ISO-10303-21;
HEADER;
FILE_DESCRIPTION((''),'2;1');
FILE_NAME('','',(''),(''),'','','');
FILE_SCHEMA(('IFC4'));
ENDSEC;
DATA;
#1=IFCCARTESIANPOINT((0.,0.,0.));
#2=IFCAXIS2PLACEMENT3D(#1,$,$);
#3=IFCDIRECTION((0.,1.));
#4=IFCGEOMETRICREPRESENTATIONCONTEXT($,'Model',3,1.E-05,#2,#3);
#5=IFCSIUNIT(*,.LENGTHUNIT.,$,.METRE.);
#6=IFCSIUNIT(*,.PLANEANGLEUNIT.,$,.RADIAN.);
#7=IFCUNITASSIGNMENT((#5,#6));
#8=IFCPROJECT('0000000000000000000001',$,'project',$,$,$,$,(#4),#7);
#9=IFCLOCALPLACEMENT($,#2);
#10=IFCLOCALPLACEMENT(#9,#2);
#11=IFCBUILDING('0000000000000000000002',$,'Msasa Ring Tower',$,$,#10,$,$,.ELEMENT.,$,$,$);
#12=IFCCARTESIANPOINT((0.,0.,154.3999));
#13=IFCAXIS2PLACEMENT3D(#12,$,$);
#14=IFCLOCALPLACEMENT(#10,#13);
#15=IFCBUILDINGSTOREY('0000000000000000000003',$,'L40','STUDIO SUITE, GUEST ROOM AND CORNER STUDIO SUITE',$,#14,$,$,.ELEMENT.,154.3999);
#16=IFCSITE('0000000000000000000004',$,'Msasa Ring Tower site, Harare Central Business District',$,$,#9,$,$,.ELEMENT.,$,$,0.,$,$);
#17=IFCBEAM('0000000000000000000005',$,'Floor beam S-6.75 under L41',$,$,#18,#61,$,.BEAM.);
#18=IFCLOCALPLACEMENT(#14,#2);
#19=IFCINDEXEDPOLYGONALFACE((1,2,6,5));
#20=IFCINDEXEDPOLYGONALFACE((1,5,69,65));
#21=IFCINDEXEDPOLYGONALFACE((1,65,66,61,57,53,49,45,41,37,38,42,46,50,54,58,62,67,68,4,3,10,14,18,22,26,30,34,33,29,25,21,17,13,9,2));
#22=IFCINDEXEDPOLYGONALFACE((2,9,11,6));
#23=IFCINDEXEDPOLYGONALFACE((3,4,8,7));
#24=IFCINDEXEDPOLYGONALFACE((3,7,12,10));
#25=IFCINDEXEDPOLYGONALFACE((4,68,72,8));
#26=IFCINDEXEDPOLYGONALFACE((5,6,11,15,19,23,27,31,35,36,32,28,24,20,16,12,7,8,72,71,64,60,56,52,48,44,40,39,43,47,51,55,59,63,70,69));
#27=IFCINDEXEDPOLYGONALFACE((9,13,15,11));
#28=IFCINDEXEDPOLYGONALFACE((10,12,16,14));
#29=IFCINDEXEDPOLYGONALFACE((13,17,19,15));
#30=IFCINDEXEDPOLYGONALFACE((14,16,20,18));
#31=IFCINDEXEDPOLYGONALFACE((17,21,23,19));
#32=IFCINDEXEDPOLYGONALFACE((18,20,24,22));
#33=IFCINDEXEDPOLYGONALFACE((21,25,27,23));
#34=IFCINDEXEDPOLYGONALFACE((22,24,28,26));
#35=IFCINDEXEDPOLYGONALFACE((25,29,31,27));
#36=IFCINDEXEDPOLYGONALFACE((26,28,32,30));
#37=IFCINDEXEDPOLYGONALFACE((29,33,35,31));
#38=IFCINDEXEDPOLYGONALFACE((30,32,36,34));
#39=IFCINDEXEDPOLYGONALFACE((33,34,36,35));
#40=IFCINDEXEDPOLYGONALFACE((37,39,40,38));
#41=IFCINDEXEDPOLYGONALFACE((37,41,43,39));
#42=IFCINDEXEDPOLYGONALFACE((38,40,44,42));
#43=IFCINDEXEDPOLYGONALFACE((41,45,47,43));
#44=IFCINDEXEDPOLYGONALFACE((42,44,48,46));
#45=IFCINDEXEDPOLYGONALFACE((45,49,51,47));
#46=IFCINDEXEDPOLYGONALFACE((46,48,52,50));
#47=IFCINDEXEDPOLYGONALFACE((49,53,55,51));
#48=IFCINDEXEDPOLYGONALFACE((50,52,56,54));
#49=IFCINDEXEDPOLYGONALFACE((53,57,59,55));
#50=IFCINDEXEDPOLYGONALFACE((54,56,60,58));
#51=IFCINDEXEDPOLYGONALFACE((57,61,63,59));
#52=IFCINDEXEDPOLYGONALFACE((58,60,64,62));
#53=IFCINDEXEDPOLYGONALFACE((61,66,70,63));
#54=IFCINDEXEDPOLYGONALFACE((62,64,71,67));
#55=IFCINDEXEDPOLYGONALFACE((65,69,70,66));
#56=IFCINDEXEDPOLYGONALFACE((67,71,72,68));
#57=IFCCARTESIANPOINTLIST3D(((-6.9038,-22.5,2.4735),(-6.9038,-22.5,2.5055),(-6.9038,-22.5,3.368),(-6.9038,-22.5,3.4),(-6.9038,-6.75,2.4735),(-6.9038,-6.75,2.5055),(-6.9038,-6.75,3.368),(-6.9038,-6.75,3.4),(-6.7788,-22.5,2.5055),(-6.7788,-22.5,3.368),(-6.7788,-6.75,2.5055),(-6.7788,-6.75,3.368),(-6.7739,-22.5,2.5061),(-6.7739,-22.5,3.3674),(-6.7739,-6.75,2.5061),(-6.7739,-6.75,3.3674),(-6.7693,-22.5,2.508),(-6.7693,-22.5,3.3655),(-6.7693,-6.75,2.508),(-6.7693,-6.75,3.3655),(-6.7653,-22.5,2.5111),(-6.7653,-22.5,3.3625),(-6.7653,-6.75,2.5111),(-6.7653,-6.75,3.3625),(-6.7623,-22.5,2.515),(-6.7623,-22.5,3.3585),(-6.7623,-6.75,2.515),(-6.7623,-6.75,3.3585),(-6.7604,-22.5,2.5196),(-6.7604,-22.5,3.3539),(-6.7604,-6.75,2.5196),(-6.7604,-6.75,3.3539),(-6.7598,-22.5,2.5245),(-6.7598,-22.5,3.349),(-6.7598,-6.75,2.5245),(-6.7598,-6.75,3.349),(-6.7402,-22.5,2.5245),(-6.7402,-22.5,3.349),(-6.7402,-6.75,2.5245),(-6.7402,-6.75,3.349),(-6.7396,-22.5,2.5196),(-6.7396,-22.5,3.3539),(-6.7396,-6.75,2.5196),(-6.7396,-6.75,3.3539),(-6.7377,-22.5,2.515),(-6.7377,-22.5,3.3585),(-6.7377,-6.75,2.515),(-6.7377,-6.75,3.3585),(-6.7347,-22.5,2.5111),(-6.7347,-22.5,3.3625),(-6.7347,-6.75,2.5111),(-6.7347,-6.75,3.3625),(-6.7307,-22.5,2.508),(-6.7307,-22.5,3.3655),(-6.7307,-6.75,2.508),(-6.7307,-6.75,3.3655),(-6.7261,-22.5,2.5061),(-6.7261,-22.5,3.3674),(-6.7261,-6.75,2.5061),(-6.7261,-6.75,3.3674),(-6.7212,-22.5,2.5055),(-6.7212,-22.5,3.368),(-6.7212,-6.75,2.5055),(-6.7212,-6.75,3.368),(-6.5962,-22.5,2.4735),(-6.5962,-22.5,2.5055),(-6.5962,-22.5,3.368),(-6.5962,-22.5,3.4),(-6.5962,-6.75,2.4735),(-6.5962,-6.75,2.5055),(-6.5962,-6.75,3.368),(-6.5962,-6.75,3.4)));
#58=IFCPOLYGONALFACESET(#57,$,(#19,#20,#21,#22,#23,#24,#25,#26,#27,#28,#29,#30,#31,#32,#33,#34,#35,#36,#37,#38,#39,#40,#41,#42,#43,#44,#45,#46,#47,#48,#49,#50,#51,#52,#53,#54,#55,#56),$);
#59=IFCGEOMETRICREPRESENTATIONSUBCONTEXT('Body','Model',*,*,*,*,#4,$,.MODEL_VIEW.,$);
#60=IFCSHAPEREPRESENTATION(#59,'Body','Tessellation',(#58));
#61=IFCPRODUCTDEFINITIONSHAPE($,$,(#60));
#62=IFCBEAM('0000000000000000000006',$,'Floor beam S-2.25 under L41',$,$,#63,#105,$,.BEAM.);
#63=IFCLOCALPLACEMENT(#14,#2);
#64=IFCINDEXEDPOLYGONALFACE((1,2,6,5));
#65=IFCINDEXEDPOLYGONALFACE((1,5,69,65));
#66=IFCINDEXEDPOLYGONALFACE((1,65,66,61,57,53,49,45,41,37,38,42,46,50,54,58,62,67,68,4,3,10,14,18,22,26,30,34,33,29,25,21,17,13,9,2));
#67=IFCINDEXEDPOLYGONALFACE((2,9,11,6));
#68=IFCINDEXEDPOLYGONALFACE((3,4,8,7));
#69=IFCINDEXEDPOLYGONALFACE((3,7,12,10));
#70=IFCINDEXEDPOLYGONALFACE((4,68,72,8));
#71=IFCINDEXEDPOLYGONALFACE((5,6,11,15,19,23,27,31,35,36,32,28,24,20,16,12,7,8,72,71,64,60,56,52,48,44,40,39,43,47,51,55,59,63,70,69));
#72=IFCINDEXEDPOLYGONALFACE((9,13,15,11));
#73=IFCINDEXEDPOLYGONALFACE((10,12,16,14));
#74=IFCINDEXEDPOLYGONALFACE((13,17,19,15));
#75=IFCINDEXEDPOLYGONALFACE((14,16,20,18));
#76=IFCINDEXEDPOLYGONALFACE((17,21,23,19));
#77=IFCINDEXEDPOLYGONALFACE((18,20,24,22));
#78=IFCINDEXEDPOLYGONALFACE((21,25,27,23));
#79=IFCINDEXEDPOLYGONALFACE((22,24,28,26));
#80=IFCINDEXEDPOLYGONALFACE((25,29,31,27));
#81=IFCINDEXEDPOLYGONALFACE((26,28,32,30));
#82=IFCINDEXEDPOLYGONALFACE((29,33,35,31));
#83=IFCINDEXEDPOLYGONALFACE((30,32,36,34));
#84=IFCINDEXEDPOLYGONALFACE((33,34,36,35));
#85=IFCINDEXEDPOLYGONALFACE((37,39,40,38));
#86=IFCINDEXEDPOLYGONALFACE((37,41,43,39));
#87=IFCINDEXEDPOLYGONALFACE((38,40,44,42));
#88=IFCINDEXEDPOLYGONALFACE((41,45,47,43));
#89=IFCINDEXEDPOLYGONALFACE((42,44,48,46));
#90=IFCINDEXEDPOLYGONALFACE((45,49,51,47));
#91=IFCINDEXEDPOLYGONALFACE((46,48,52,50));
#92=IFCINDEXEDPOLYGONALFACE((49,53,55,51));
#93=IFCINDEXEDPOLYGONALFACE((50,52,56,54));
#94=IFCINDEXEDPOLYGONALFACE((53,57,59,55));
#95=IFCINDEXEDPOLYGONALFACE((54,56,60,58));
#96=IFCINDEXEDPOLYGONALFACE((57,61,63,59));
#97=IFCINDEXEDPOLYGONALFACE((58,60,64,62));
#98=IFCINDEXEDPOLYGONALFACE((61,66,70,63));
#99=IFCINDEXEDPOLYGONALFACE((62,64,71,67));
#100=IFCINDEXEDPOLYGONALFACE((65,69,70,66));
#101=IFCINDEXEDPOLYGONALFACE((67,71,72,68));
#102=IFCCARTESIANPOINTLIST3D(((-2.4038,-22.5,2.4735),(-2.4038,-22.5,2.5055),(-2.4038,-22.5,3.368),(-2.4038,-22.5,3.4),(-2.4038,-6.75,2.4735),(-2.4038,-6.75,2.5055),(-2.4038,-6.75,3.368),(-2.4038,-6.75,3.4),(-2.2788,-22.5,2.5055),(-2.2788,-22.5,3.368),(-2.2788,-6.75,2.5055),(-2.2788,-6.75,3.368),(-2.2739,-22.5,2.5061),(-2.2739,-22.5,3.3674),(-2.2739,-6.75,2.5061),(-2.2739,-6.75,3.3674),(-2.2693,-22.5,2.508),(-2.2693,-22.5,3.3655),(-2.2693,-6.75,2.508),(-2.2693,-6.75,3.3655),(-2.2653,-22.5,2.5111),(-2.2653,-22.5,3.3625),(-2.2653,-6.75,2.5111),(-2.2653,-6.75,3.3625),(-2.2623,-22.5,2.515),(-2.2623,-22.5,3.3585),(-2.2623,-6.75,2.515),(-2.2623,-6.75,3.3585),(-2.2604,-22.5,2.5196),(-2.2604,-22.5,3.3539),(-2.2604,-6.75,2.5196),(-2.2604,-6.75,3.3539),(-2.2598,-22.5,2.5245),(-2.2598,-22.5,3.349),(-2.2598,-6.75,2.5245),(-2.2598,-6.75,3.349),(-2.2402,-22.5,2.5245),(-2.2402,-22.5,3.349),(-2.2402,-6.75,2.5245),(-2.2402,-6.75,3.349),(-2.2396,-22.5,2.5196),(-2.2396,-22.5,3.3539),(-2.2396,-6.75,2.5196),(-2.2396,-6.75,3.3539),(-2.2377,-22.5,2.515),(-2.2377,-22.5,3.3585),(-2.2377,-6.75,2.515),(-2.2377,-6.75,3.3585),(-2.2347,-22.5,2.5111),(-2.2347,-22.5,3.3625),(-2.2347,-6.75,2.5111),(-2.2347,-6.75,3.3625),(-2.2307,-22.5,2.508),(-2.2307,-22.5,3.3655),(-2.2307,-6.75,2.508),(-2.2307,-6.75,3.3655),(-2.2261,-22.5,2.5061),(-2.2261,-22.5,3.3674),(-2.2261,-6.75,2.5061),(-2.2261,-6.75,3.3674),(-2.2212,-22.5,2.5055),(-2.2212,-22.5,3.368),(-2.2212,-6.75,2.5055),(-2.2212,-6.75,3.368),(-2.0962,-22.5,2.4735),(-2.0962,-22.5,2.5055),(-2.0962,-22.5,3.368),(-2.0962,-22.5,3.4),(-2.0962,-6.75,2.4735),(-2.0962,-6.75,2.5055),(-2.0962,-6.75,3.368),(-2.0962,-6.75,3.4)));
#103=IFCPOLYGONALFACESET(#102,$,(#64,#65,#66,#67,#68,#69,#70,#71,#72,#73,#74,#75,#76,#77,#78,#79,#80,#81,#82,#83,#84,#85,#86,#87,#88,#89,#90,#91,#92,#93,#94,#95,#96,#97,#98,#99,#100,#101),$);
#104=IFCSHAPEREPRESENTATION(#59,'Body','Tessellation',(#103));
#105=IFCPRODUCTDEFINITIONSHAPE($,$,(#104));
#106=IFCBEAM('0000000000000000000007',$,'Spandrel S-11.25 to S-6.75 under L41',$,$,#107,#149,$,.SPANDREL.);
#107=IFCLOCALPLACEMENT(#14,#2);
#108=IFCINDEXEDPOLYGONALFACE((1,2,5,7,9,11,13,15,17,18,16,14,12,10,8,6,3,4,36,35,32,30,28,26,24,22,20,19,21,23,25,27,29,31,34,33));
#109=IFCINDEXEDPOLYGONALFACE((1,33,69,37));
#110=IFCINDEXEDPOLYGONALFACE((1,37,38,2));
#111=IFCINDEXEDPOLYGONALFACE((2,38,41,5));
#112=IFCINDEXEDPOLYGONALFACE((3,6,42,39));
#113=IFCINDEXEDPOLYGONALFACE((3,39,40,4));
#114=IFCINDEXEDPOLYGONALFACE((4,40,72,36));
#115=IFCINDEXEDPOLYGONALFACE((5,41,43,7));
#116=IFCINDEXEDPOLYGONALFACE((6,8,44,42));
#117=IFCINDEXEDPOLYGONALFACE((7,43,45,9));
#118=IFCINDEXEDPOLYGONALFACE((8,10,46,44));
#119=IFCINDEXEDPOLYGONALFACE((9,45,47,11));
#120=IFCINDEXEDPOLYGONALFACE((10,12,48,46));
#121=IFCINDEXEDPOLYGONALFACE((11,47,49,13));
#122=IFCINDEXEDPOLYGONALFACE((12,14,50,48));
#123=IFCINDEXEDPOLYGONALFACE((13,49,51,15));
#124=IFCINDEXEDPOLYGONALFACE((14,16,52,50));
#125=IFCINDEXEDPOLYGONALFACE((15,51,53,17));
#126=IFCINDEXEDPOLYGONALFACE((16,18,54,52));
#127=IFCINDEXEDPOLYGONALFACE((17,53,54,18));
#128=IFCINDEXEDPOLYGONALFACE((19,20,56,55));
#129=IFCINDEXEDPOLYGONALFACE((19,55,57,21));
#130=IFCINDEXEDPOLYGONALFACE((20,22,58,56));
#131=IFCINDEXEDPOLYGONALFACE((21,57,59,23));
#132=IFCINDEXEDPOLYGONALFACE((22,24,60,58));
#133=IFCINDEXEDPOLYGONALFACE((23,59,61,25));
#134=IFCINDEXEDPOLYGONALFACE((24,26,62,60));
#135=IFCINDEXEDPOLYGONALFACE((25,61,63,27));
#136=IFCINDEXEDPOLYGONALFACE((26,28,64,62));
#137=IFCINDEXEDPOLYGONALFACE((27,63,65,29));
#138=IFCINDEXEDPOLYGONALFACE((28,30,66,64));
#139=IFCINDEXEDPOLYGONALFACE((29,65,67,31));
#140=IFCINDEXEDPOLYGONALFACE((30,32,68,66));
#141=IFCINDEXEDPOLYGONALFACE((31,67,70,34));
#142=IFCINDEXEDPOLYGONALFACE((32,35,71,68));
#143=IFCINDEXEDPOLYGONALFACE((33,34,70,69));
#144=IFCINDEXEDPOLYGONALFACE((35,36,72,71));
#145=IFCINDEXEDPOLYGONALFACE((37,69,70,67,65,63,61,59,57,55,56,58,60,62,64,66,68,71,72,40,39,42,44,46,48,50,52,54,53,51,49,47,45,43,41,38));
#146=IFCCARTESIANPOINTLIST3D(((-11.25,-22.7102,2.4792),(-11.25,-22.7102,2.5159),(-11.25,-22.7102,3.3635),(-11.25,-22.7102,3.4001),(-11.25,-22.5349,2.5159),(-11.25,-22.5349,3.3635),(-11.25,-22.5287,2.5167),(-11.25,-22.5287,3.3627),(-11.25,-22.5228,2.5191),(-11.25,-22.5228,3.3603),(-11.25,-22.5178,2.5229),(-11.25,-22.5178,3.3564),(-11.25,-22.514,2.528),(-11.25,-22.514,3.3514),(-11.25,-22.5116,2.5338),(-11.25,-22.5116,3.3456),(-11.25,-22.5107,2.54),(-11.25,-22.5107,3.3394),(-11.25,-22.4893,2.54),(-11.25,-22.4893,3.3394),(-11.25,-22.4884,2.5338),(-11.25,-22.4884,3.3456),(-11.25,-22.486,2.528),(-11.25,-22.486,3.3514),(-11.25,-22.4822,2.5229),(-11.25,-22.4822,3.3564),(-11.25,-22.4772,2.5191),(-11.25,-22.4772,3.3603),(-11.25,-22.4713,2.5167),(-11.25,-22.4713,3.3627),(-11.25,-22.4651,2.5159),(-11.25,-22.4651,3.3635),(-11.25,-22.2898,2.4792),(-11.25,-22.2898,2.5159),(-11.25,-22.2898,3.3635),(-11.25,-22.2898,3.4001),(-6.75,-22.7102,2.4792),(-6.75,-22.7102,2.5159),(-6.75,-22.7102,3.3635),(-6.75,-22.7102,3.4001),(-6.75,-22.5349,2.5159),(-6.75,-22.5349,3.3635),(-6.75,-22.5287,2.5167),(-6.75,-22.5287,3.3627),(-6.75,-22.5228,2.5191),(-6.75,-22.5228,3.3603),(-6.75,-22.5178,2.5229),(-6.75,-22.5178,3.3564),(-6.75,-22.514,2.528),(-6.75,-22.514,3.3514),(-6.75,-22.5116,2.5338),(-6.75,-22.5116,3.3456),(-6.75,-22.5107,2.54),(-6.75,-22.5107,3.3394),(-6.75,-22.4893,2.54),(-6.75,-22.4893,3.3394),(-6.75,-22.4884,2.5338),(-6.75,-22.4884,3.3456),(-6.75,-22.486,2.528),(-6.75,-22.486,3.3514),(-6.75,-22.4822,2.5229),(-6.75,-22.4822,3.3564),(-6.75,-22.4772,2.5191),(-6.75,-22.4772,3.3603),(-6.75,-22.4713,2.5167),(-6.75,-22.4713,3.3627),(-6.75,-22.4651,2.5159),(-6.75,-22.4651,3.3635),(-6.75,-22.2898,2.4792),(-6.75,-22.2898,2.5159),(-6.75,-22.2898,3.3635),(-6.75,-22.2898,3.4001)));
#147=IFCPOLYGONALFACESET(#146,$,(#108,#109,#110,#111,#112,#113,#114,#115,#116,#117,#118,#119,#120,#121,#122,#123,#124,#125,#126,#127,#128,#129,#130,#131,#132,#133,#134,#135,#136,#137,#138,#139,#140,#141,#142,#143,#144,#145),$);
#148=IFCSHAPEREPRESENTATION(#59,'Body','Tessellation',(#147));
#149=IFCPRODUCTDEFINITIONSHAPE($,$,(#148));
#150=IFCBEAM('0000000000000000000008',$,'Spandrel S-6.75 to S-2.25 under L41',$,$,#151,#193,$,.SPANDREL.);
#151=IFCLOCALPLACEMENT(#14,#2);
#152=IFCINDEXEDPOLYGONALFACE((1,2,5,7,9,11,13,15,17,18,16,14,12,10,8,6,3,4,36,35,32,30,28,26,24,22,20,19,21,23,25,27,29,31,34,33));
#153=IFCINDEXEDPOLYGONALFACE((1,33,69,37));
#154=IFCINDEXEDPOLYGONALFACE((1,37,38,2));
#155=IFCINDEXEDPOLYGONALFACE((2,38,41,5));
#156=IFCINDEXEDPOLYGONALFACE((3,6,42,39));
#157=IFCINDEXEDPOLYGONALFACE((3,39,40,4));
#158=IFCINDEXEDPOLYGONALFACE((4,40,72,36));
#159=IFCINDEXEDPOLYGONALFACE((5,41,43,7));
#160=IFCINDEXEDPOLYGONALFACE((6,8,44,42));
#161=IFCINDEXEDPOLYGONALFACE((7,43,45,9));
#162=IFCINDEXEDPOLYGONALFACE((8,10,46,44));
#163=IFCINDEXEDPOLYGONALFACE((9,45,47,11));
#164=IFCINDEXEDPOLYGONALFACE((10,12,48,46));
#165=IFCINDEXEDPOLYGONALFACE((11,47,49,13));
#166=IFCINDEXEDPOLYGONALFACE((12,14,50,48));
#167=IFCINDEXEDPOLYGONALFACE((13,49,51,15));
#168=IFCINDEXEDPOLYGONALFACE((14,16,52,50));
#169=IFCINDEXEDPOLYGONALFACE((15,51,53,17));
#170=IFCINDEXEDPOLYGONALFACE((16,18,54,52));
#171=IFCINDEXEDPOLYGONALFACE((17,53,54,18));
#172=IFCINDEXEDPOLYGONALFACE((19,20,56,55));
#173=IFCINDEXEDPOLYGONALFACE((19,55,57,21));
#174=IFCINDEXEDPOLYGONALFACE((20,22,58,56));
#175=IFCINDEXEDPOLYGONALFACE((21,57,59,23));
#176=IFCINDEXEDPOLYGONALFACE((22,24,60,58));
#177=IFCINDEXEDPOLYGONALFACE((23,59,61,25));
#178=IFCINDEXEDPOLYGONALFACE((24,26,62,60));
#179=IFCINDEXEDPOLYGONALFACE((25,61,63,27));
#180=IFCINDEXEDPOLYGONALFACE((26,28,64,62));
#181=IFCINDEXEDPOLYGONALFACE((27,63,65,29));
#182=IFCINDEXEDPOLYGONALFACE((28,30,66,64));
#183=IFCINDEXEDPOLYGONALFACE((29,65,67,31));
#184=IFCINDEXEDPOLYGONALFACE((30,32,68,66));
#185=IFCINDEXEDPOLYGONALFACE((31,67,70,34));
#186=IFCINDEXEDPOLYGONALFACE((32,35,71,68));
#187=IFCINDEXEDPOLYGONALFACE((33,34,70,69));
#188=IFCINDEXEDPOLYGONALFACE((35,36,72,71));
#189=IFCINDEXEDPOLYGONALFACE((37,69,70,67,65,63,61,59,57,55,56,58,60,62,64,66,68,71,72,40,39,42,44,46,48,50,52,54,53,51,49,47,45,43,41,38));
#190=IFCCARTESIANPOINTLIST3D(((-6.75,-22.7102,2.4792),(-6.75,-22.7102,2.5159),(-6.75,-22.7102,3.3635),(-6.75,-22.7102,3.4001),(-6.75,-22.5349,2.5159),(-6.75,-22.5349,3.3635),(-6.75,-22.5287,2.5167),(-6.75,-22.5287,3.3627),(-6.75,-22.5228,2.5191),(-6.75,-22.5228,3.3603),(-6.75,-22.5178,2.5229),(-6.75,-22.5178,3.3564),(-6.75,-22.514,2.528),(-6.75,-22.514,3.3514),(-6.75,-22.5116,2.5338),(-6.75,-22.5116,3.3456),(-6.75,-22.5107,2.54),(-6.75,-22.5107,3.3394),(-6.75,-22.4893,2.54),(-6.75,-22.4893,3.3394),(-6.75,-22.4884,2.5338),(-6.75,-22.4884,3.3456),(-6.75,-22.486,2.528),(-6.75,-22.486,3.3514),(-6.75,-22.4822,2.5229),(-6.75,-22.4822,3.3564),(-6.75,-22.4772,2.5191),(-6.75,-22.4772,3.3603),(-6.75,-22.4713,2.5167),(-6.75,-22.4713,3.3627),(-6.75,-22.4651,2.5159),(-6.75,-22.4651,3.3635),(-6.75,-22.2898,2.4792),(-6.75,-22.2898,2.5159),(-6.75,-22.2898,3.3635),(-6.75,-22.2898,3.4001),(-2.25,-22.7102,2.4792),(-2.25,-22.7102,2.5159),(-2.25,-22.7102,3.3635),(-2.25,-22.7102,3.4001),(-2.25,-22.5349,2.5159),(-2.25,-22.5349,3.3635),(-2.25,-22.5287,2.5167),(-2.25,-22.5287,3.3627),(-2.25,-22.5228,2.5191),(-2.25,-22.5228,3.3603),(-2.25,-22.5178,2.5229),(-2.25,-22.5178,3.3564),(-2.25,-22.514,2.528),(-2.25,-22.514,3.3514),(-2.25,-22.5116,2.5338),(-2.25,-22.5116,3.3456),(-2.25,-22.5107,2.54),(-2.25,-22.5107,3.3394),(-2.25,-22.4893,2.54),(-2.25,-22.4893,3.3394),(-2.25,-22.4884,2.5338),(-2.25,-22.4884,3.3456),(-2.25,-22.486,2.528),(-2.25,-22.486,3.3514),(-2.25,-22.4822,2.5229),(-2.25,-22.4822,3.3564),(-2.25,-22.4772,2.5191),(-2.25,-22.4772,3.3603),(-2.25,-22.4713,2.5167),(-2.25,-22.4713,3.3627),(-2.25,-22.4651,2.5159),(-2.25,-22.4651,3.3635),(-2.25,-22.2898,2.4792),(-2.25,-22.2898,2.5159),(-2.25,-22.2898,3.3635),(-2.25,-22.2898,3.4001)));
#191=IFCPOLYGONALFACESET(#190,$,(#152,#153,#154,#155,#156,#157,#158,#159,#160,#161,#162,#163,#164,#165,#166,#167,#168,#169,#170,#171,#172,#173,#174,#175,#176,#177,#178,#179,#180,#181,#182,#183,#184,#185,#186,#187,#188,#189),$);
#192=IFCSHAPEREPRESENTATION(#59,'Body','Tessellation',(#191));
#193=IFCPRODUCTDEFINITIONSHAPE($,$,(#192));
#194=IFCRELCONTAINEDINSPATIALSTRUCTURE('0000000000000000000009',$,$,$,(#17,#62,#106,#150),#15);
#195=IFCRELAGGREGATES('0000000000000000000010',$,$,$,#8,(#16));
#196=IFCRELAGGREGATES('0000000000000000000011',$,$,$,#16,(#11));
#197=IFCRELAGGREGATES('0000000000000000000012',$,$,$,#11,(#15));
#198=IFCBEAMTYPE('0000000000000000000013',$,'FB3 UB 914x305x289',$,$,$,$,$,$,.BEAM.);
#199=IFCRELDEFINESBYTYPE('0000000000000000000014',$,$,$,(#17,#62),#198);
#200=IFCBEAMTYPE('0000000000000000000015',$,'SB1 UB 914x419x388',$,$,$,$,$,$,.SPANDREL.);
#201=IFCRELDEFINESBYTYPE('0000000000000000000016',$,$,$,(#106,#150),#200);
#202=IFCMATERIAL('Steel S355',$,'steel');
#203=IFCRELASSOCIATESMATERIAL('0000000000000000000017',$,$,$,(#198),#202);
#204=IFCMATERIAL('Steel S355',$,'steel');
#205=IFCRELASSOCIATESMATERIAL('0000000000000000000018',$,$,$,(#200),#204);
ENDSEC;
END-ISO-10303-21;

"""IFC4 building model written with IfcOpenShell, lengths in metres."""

from ifc_helpers import new_model, si_unit, direction, frame, origin, origin_2d, place, context, subcontext, project, spatial, i_section, extrude, material, material_profile, profile_set, type_object, element, save


model = new_model("IFC4")

# Units and contexts
model_context = context("Model", 3, precision=1e-05, world=origin(), true_north=direction((0.0, 1.0)))
body_context = subcontext(model_context, "Body", "Model", "MODEL_VIEW")
ifc_project = project(units=[si_unit("LENGTHUNIT", "METRE"), si_unit("PLANEANGLEUNIT", "RADIAN")], contexts=[model_context])

# Site, building, storey
site_placement = place(None, origin())
site = spatial("IfcSite", under=ifc_project, at=site_placement, Name="Msasa Ring Tower site, Harare Central Business District", CompositionType="ELEMENT", RefElevation=0.0)
building_placement = place(site_placement, origin())
building = spatial("IfcBuilding", under=site, at=building_placement, Name="Msasa Ring Tower", CompositionType="ELEMENT")
storey_placement = place(building_placement, frame((0.0, 0.0, 154.3999)))
storey = spatial("IfcBuildingStorey", under=building, at=storey_placement, Name="L40", Description="STUDIO SUITE, GUEST ROOM AND CORNER STUDIO SUITE", CompositionType="ELEMENT", Elevation=154.3999)

# Beams
ifc_material_1 = material(Name="Steel S355", Category="steel")
ifc_material_profile_1 = material_profile(ifc_material_1, i_section(OverallWidth=0.3076, OverallDepth=0.9265, WebThickness=0.0195, FlangeThickness=0.032, FilletRadius=0.019, at=origin_2d()), Name="UB 914x305x289")
ifc_profile_set_1 = profile_set([ifc_material_profile_1], Name="Steel S355")
beam_type_1 = type_object("IfcBeamType", Name="FB3 UB 914x305x289", PredefinedType="BEAM", material=ifc_profile_set_1)
for number, where, z_axis, x_axis, name in (
    (1, (-6.75, -22.5, 2.9368), (0.0, 1.0, 0.0), (-1.0, 0.0, 0.0), "Floor beam S-6.75 under L41"),
    (2, (-2.25, -22.5, 2.9368), (0.0, 1.0, 0.0), (-1.0, 0.0, 0.0), "Floor beam S-2.25 under L41"),
):
    element("IfcBeam", number, at=place(storey_placement, frame(where, z_axis=z_axis, x_axis=x_axis)), inside=storey, type_object=beam_type_1, Name=name, PredefinedType="BEAM", context=body_context, shape_type="SweptSolid", body=[
        extrude(i_section(OverallWidth=0.3076, OverallDepth=0.9265, WebThickness=0.0195, FlangeThickness=0.032, FilletRadius=0.019, at=origin_2d()), origin(), (0.0, 0.0, 1.0), 15.75),
    ])
ifc_material_2 = material(Name="Steel S355", Category="steel")
ifc_material_profile_2 = material_profile(ifc_material_2, i_section(OverallWidth=0.4204, OverallDepth=0.9209, WebThickness=0.0215, FlangeThickness=0.0366, FilletRadius=0.0242, at=origin_2d()), Name="UB 914x419x388")
ifc_profile_set_2 = profile_set([ifc_material_profile_2], Name="Steel S355")
beam_type_2 = type_object("IfcBeamType", Name="SB1 UB 914x419x388", PredefinedType="SPANDREL", material=ifc_profile_set_2)
for number, where, z_axis, x_axis, name in (
    (3, (-11.25, -22.5, 2.9397), (1.0, 0.0, 0.0), (0.0, 1.0, 0.0), "Spandrel S-11.25 to S-6.75 under L41"),
    (4, (-6.75, -22.5, 2.9397), (1.0, 0.0, 0.0), (0.0, 1.0, 0.0), "Spandrel S-6.75 to S-2.25 under L41"),
):
    element("IfcBeam", number, at=place(storey_placement, frame(where, z_axis=z_axis, x_axis=x_axis)), inside=storey, type_object=beam_type_2, Name=name, PredefinedType="SPANDREL", context=body_context, shape_type="SweptSolid", body=[
        extrude(i_section(OverallWidth=0.4204, OverallDepth=0.9209, WebThickness=0.0215, FlangeThickness=0.0366, FilletRadius=0.0242, at=origin_2d()), origin(), (0.0, 0.0, 1.0), 4.5),
    ])

save(model, "model.ifc")
